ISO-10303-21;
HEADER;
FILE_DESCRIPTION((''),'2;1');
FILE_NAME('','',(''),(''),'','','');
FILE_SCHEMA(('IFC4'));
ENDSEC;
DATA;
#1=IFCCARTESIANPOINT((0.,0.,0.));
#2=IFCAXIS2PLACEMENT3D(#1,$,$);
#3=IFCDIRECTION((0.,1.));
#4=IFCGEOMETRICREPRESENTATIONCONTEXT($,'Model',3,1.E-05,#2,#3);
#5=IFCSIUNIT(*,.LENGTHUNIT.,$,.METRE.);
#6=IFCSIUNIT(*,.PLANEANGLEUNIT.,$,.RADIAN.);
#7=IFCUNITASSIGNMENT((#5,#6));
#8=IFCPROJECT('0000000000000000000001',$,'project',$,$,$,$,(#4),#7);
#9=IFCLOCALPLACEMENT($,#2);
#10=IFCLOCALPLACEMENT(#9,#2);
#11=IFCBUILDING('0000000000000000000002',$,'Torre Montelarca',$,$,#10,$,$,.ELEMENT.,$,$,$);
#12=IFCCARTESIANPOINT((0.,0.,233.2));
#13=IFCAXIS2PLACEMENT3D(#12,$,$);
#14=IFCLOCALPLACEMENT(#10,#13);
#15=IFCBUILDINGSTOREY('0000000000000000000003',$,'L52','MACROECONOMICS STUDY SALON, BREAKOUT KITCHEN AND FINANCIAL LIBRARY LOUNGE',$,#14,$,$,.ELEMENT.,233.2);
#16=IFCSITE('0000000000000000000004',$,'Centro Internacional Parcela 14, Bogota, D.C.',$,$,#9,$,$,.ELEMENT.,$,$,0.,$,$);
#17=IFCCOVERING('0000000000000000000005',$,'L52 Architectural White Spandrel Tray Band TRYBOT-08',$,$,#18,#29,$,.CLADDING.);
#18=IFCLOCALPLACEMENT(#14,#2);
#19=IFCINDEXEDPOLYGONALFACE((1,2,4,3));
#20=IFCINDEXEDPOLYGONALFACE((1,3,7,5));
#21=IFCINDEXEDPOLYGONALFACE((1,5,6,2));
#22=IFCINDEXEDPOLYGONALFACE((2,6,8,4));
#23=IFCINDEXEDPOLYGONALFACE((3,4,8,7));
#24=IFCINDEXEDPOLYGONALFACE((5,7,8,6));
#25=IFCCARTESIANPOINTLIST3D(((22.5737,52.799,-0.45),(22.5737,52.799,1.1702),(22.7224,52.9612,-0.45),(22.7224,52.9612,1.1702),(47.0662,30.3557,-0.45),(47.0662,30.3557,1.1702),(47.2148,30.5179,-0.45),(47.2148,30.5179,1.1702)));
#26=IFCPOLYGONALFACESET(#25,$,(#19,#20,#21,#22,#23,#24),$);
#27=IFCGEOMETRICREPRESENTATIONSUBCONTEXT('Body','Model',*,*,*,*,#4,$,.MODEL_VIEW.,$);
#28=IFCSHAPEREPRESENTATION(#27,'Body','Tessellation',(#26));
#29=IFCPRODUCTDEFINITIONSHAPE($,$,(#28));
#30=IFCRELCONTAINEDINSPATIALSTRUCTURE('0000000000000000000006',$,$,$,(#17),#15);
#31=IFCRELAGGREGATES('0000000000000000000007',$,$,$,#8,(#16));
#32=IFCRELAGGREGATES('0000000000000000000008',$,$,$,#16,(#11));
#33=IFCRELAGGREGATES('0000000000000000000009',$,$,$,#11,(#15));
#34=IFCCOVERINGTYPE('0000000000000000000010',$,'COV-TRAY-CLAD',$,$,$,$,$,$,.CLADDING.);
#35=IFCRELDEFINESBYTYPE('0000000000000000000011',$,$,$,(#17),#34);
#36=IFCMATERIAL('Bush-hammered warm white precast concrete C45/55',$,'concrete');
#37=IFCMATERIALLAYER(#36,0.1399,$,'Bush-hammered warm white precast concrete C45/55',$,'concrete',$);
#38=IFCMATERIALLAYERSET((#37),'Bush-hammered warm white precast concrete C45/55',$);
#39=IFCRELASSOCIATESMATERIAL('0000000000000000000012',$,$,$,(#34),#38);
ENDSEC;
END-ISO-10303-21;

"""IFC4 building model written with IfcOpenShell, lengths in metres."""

from ifc_helpers import new_model, si_unit, direction, frame, origin, origin_2d, place, context, subcontext, project, spatial, rectangle, extrude, source, transform, mapped, material, layer, layer_set, type_object, element, save


model = new_model("IFC4")

# Units and contexts
model_context = context("Model", 3, precision=1e-05, world=origin(), true_north=direction((0.0, 1.0)))
body_context = subcontext(model_context, "Body", "Model", "MODEL_VIEW")
ifc_project = project(units=[si_unit("LENGTHUNIT", "METRE"), si_unit("PLANEANGLEUNIT", "RADIAN")], contexts=[model_context])

# Site, building, storey
site_placement = place(None, origin())
site = spatial("IfcSite", under=ifc_project, at=site_placement, Name="Centro Internacional Parcela 14, Bogota, D.C.", CompositionType="ELEMENT", RefElevation=0.0)
building_placement = place(site_placement, origin())
building = spatial("IfcBuilding", under=site, at=building_placement, Name="Torre Montelarca", CompositionType="ELEMENT")
storey_placement = place(building_placement, frame((0.0, 0.0, 233.2)))
storey = spatial("IfcBuildingStorey", under=building, at=storey_placement, Name="L52", Description="MACROECONOMICS STUDY SALON, BREAKOUT KITCHEN AND FINANCIAL LIBRARY LOUNGE", CompositionType="ELEMENT", Elevation=233.2)

# Covering
ifc_material_1 = material(Name="Bush-hammered warm white precast concrete C45/55", Category="concrete")
ifc_layer_1 = layer(ifc_material_1, 0.1399, Name="Bush-hammered warm white precast concrete C45/55", Category="concrete")
ifc_layer_set_1 = layer_set([ifc_layer_1], Name="Bush-hammered warm white precast concrete C45/55")
covering_type = type_object("IfcCoveringType", Name="COV-TRAY-CLAD", PredefinedType="CLADDING", material=ifc_layer_set_1)
shared_shape_1 = source(origin(), body_context, "Body", "SweptSolid", [
    extrude(rectangle(XDim=33.2202, YDim=0.22, at=origin_2d()), origin(), (0.0, 0.0, 1.0), 1.6201),
])
covering_placement = place(storey_placement, frame((34.8943, 41.6584, -0.45), z_axis=(0.0, 0.0, 1.0), x_axis=(-0.737276, 0.675591, 0.0)))
element("IfcCovering", 1, at=covering_placement, inside=storey, type_object=covering_type, Name="L52 Architectural White Spandrel Tray Band TRYBOT-08", PredefinedType="CLADDING", context=body_context, shape_type="MappedRepresentation", body=[
    mapped(shared_shape_1, transform((0.0, 0.0, 0.0), scale=1.0)),
])

save(model, "model.ifc")
